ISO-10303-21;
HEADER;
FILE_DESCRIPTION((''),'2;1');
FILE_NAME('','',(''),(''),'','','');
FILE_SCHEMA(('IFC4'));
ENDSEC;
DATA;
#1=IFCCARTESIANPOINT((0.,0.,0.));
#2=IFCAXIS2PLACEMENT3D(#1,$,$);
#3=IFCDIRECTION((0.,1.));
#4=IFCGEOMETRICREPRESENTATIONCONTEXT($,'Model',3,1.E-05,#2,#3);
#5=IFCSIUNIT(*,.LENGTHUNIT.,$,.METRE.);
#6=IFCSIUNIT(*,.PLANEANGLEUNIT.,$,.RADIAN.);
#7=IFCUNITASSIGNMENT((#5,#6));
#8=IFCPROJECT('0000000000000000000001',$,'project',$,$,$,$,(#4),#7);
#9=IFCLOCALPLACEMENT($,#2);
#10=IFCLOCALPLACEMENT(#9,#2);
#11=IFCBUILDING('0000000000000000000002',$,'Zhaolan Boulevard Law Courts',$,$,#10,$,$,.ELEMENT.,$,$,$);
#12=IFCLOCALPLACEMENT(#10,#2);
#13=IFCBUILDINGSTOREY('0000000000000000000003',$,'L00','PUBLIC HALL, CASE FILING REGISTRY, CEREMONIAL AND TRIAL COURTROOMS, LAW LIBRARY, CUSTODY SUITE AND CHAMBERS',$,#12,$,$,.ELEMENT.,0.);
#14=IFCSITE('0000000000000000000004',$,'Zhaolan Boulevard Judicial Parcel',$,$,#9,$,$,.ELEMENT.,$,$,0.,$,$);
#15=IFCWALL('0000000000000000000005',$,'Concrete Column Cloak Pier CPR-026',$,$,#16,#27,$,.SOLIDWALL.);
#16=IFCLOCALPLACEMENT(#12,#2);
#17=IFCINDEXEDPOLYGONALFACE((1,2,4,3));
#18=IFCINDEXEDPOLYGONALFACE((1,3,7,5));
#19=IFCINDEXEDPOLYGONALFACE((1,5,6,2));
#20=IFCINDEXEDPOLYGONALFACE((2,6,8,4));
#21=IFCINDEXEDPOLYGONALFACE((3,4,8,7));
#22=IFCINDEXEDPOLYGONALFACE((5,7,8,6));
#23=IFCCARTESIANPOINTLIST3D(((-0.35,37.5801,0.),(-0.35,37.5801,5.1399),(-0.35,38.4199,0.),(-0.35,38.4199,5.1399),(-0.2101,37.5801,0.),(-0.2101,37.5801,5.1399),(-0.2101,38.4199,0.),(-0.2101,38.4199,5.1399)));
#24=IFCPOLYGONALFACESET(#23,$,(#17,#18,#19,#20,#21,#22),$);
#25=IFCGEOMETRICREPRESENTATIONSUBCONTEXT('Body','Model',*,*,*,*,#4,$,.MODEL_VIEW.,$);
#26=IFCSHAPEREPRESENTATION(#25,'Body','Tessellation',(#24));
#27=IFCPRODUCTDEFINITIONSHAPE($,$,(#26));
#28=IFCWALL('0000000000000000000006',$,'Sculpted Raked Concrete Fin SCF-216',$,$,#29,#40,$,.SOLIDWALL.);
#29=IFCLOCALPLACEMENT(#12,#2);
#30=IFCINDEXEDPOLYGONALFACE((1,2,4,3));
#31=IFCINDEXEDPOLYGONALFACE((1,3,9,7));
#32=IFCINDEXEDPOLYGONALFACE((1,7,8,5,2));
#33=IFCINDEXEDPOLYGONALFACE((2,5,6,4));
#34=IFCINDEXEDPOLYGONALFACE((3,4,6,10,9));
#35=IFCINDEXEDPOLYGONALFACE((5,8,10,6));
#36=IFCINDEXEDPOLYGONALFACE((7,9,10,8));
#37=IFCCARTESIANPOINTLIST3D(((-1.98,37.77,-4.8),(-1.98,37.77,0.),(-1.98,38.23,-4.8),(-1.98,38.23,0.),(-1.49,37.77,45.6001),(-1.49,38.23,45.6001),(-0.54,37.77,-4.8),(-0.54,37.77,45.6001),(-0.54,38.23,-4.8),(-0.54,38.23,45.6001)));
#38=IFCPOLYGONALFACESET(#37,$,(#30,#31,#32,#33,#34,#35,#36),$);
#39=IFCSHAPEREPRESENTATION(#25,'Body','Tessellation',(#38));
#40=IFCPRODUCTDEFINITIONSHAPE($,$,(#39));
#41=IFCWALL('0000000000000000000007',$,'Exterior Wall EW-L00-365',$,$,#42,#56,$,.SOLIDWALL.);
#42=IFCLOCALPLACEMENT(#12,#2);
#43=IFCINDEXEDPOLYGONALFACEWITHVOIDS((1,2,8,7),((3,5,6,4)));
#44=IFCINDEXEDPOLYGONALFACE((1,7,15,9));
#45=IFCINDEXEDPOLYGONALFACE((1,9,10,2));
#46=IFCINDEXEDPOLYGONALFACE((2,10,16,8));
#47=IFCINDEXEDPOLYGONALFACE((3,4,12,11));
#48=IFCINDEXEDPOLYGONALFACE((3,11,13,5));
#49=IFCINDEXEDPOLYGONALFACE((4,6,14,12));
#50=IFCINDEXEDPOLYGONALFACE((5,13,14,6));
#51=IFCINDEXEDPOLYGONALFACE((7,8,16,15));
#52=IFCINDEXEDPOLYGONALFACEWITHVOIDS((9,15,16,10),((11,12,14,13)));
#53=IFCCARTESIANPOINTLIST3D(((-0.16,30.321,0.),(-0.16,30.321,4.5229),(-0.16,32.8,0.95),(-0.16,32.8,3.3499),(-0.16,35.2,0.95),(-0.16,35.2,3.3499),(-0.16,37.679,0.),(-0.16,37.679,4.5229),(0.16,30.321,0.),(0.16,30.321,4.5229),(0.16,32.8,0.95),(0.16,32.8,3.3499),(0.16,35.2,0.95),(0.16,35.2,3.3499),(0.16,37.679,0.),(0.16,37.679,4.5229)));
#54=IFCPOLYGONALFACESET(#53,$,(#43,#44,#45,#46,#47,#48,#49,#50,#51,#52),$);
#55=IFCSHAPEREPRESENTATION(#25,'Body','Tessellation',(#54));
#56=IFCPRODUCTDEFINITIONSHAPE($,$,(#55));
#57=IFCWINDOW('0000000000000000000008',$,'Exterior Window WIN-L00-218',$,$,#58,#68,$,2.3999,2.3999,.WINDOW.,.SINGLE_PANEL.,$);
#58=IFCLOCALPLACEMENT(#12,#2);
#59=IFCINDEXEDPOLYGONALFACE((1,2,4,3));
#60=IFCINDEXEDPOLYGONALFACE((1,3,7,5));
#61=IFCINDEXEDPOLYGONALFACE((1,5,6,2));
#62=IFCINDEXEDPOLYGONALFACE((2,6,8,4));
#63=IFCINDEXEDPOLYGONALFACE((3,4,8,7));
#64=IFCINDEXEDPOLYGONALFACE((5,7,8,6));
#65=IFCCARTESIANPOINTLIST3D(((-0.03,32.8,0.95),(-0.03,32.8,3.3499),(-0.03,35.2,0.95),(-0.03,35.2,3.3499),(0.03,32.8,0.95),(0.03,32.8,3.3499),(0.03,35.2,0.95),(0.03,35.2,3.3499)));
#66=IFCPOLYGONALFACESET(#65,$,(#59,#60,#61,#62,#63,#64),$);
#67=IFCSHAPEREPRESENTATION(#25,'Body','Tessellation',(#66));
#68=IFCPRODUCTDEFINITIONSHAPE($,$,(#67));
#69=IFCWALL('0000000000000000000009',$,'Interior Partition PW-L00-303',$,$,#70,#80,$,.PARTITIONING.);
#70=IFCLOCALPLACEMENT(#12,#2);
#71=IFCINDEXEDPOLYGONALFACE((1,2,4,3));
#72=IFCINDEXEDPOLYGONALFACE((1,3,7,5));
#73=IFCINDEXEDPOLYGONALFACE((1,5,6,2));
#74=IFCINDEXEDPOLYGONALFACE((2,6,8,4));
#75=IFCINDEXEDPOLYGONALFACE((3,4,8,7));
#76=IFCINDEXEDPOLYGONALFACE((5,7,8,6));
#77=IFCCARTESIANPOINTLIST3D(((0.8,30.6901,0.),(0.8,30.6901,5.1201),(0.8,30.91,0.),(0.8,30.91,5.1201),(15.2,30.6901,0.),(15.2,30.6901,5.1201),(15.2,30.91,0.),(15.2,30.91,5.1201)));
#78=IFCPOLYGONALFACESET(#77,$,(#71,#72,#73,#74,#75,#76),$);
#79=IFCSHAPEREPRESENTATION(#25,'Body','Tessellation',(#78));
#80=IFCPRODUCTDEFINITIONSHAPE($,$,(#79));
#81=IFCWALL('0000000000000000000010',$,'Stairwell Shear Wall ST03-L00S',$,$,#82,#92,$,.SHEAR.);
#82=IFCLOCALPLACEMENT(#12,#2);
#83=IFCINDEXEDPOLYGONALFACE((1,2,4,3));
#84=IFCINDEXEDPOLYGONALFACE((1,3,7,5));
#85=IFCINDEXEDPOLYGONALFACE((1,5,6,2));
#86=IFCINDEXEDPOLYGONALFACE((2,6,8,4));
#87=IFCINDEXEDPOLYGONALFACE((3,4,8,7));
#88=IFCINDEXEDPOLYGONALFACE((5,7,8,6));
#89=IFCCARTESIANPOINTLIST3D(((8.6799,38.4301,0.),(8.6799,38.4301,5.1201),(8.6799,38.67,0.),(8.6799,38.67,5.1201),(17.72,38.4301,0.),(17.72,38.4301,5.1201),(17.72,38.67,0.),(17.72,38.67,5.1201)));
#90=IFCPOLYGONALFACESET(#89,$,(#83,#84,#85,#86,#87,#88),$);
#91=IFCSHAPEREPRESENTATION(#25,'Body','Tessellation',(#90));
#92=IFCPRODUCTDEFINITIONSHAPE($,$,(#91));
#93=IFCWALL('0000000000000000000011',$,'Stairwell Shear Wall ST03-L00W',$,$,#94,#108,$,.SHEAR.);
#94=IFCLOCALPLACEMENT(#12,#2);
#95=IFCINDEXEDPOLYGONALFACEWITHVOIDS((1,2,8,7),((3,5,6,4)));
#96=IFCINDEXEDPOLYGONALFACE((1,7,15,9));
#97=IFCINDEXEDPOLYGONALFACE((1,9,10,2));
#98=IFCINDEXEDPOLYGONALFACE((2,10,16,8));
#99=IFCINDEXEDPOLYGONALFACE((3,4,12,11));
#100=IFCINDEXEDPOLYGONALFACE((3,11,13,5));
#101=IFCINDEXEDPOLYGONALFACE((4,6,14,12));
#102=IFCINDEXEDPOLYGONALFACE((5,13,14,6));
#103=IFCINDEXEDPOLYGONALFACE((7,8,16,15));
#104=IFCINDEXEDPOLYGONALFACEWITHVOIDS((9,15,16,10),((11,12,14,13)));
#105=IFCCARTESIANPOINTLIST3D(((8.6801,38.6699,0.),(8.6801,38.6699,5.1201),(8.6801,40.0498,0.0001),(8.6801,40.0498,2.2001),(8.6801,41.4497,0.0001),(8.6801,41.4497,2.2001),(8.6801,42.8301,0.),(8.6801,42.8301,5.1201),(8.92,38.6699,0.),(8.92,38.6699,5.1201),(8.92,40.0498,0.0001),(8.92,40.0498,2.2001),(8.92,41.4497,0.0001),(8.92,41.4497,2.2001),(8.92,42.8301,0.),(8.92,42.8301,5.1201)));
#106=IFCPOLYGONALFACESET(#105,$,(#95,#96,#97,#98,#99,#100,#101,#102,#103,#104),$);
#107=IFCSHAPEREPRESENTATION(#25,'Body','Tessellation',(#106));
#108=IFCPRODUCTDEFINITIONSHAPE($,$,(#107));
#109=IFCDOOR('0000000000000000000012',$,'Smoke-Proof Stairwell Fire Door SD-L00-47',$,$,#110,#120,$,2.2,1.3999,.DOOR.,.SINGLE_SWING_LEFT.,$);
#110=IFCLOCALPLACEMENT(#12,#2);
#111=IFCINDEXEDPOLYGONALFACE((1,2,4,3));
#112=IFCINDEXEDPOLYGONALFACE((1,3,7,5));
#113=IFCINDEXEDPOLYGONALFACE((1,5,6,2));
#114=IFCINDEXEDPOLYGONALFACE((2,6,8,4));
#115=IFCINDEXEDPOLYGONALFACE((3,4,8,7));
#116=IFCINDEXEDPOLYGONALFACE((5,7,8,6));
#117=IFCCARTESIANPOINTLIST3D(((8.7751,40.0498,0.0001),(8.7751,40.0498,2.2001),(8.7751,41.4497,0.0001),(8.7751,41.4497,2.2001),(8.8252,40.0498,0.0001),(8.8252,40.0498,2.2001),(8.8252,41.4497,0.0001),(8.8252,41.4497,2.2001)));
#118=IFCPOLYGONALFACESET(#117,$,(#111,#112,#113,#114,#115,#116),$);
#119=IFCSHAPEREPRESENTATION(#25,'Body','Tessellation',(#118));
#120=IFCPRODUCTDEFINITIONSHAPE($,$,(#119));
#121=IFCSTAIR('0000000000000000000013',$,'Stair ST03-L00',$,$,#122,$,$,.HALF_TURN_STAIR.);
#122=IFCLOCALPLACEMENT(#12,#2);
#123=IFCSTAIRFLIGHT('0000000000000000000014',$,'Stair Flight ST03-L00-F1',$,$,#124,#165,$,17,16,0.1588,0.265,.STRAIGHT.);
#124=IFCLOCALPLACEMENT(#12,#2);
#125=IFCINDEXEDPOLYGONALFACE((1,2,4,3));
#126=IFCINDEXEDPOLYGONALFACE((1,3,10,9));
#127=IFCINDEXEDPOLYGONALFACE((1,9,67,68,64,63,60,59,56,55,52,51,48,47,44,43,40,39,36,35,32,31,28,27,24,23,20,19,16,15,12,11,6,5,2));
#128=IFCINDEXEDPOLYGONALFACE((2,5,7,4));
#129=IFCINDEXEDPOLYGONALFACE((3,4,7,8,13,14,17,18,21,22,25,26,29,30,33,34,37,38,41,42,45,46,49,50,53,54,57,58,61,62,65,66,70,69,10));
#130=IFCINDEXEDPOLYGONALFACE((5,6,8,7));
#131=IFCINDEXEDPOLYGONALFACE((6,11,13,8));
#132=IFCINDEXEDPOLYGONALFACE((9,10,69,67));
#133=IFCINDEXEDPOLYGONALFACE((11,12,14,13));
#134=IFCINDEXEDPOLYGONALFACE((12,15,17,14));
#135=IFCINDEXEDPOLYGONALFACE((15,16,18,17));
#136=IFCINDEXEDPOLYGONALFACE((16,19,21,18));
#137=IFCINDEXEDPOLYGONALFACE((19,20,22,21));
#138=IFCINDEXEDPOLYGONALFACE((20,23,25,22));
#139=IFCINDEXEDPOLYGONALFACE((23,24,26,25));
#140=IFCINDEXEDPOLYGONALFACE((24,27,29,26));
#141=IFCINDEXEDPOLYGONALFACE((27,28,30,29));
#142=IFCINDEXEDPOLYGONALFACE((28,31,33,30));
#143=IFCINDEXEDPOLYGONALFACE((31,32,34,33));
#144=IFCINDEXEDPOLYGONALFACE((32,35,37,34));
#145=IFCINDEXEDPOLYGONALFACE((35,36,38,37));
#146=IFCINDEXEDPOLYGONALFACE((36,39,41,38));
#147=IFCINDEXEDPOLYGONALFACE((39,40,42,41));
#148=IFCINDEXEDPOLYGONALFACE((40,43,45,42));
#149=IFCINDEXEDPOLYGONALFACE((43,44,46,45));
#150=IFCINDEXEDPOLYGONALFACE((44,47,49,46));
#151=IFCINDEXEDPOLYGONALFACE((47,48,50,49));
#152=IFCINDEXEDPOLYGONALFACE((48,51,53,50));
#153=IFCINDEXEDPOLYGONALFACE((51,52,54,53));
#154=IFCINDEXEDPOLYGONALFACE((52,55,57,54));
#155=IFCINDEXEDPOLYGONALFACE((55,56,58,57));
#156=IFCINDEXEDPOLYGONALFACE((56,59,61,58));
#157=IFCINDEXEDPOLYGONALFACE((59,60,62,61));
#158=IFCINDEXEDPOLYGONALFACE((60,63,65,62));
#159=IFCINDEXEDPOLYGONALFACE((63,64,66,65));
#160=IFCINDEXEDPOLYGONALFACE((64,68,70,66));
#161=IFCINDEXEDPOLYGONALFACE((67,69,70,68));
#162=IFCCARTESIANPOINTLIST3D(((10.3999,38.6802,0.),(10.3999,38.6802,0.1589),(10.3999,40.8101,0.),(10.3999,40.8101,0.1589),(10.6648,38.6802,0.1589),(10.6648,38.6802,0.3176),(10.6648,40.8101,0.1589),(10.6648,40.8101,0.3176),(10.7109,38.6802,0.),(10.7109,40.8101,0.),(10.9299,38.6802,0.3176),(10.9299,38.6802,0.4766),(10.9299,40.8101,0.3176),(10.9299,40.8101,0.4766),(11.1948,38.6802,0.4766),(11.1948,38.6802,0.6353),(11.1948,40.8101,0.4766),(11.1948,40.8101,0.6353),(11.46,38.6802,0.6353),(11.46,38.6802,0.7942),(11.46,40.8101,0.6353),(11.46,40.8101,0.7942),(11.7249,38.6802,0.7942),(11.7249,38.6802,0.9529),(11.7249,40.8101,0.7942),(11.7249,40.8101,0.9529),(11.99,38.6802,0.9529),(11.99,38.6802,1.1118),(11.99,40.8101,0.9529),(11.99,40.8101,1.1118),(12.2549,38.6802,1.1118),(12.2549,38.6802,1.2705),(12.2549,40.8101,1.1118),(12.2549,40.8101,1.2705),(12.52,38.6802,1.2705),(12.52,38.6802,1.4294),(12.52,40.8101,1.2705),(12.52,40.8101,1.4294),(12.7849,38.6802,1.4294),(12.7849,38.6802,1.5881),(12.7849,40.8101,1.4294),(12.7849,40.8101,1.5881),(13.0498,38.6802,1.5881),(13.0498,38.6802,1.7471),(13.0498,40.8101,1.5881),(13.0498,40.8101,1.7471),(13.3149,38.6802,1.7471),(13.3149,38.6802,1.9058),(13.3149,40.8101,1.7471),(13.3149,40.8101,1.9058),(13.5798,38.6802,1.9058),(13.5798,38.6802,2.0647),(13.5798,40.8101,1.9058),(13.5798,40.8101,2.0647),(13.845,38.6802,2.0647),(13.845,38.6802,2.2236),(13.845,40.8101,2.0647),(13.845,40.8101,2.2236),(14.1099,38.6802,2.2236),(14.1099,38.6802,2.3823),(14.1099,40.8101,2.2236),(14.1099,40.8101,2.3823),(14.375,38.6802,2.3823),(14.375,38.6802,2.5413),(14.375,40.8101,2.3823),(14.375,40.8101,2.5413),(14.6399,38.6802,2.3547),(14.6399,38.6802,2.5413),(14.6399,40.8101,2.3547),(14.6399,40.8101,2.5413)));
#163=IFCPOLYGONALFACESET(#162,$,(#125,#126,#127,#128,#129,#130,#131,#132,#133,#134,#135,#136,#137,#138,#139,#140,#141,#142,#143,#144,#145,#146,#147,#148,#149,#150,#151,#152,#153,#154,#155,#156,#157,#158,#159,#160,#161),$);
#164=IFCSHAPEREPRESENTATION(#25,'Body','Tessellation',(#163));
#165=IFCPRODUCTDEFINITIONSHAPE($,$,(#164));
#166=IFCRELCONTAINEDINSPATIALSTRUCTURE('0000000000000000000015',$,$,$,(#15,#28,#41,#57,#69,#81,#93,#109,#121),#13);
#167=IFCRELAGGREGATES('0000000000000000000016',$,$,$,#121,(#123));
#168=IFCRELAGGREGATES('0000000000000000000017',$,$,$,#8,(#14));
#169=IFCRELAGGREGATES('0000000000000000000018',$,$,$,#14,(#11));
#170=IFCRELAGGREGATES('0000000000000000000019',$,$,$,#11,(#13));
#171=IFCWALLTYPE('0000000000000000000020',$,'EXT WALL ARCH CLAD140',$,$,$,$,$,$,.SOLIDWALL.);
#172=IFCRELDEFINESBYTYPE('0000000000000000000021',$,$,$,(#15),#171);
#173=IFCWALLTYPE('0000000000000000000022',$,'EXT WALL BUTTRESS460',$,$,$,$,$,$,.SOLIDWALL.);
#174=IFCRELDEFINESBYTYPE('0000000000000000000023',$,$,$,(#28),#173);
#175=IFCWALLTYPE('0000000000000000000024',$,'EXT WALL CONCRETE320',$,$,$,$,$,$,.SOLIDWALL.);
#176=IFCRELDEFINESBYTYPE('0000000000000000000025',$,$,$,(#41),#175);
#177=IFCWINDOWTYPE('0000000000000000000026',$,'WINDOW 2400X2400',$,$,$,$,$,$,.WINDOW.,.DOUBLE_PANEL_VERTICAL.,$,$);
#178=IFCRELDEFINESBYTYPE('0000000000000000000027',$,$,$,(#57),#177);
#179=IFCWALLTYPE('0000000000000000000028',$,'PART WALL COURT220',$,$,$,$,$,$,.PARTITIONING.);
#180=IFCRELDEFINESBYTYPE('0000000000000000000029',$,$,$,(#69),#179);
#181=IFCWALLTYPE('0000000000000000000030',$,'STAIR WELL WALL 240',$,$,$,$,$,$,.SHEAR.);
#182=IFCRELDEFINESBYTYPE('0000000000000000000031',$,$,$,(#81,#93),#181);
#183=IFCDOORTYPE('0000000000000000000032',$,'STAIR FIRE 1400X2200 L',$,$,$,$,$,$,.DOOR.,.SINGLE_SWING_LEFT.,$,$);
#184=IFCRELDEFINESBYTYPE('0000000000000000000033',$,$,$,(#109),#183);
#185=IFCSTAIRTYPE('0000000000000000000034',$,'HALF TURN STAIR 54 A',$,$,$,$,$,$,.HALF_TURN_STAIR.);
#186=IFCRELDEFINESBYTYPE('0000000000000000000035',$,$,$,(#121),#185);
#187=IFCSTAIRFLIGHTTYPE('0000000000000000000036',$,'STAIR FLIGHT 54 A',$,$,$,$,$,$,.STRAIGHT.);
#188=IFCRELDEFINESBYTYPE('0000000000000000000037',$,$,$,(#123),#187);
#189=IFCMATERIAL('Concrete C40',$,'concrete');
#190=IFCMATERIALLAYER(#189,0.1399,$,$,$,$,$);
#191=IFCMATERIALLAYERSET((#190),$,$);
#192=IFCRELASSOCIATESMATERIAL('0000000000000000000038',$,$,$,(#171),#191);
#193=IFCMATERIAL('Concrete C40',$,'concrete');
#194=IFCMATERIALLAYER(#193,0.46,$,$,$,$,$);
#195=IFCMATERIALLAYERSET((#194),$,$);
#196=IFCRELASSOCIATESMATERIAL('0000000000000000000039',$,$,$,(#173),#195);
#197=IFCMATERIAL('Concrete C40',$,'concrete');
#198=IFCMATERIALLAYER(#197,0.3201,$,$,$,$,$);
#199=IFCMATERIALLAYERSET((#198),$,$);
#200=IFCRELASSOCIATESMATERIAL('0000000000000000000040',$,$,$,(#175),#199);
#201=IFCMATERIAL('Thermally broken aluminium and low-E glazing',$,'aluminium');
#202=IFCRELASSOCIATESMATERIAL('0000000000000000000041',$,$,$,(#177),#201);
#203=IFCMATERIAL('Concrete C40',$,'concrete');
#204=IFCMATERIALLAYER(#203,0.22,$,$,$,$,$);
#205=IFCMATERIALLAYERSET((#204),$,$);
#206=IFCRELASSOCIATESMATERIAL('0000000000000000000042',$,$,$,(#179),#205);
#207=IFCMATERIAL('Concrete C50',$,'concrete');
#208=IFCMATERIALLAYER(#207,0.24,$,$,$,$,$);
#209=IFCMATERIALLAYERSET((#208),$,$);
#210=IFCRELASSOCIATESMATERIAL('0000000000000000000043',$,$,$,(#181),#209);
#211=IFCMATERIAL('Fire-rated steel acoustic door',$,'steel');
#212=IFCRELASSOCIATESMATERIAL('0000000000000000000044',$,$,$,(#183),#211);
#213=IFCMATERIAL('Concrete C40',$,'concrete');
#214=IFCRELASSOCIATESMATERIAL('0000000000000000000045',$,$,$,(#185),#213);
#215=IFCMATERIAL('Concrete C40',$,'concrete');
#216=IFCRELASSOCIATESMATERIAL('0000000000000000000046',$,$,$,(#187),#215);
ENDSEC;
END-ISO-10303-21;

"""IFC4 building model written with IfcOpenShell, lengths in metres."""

from ifc_helpers import new_model, si_unit, direction, frame, frame_2d, origin, place, context, subcontext, project, spatial, polyline, rectangle, outline, extrude, material, layer, layer_set, type_object, element, fill, aggregate, save


model = new_model("IFC4")

# Units and contexts
model_context = context("Model", 3, precision=1e-05, world=origin(), true_north=direction((0.0, 1.0)))
body_context = subcontext(model_context, "Body", "Model", "MODEL_VIEW")
ifc_project = project(units=[si_unit("LENGTHUNIT", "METRE"), si_unit("PLANEANGLEUNIT", "RADIAN")], contexts=[model_context])

# Site, building, storey
site_placement = place(None, origin())
site = spatial("IfcSite", under=ifc_project, at=site_placement, Name="Zhaolan Boulevard Judicial Parcel", CompositionType="ELEMENT", RefElevation=0.0)
building_placement = place(site_placement, origin())
building = spatial("IfcBuilding", under=site, at=building_placement, Name="Zhaolan Boulevard Law Courts", CompositionType="ELEMENT")
storey_placement = place(building_placement, origin())
storey = spatial("IfcBuildingStorey", under=building, at=storey_placement, Name="L00", Description="PUBLIC HALL, CASE FILING REGISTRY, CEREMONIAL AND TRIAL COURTROOMS, LAW LIBRARY, CUSTODY SUITE AND CHAMBERS", CompositionType="ELEMENT", Elevation=0.0)

# Walls
ifc_material_1 = material(Name="Concrete C40", Category="concrete")
ifc_layer_1 = layer(ifc_material_1, 0.1399)
ifc_layer_set_1 = layer_set([ifc_layer_1])
wall_type_1 = type_object("IfcWallType", Name="EXT WALL ARCH CLAD140", PredefinedType="SOLIDWALL", material=ifc_layer_set_1)
wall_1_placement = place(storey_placement, frame((-0.28, 37.5801, 0.0), z_axis=(0.0, 0.0, 1.0), x_axis=(0.0, 1.0, 0.0)))
element("IfcWall", 1, at=wall_1_placement, inside=storey, type_object=wall_type_1, Name="Concrete Column Cloak Pier CPR-026", PredefinedType="SOLIDWALL", context=body_context, shape_type="SweptSolid", body=[
    extrude(rectangle(XDim=0.8398, YDim=0.1399, at=frame_2d((0.4199, 0.0))), origin(), (0.0, 0.0, 1.0), 5.1399),
])
ifc_material_2 = material(Name="Concrete C40", Category="concrete")
ifc_layer_2 = layer(ifc_material_2, 0.46)
ifc_layer_set_2 = layer_set([ifc_layer_2])
wall_type_2 = type_object("IfcWallType", Name="EXT WALL BUTTRESS460", PredefinedType="SOLIDWALL", material=ifc_layer_set_2)
wall_2_placement = place(storey_placement, frame((-0.54, 38.0, -4.8), z_axis=(0.0, 0.0, 1.0), x_axis=(-1.0, 0.0, 0.0)))
element("IfcWall", 2, at=wall_2_placement, inside=storey, type_object=wall_type_2, Name="Sculpted Raked Concrete Fin SCF-216", PredefinedType="SOLIDWALL", context=body_context, shape_type="SweptSolid", body=[
    extrude(outline(polyline([(0.0, 0.0), (1.4399, 0.0), (1.4399, 4.8), (0.95, 50.4001), (0.0, 50.4001), (0.0, 0.0)])), frame((0.0, 0.23, 0.0), z_axis=(0.0, -1.0, 0.0), x_axis=(1.0, 0.0, 0.0)), (0.0, 0.0, 1.0), 0.46),
])

# Wall, opening, window
ifc_material_3 = material(Name="Concrete C40", Category="concrete")
ifc_layer_3 = layer(ifc_material_3, 0.3201)
ifc_layer_set_3 = layer_set([ifc_layer_3])
wall_type_3 = type_object("IfcWallType", Name="EXT WALL CONCRETE320", PredefinedType="SOLIDWALL", material=ifc_layer_set_3)
wall_3_placement = place(storey_placement, frame((0.0, 37.679, 0.0), z_axis=(0.0, 0.0, 1.0), x_axis=(0.0, -1.0, 0.0)))
wall_3 = element("IfcWall", 3, at=wall_3_placement, inside=storey, type_object=wall_type_3, Name="Exterior Wall EW-L00-365", PredefinedType="SOLIDWALL", context=body_context, shape_type="SweptSolid", body=[
    extrude(rectangle(XDim=7.3579, YDim=0.3201, at=frame_2d((3.679, 0.0))), origin(), (0.0, 0.0, 1.0), 4.5229),
])
opening_1_placement = place(wall_3_placement, frame((2.479, 0.0, 0.95)))
opening_1 = element("IfcOpeningElement", 4, at=opening_1_placement, cuts=wall_3, PredefinedType="OPENING", context=body_context, shape_type="SweptSolid", body=[
    extrude(rectangle(XDim=2.3999, YDim=2.3999, at=frame_2d((1.2, 1.2))), frame((0.0, 0.1699, 0.0), z_axis=(0.0, -1.0, 0.0), x_axis=(1.0, 0.0, 0.0)), (0.0, 0.0, 1.0), 0.3401),
])
ifc_material_4 = material(Name="Thermally broken aluminium and low-E glazing", Category="aluminium")
window_type = type_object("IfcWindowType", Name="WINDOW 2400X2400", PartitioningType="DOUBLE_PANEL_VERTICAL", PredefinedType="WINDOW", material=ifc_material_4)
window_placement = place(opening_1_placement, origin())
window = element("IfcWindow", 5, at=window_placement, inside=storey, type_object=window_type, Name="Exterior Window WIN-L00-218", OverallHeight=2.3999, OverallWidth=2.3999, PartitioningType="SINGLE_PANEL", PredefinedType="WINDOW", context=body_context, shape_type="SweptSolid", body=[
    extrude(rectangle(XDim=2.3999, YDim=2.3999, at=frame_2d((1.2, 1.2))), frame((0.0, 0.03, 0.0), z_axis=(0.0, -1.0, 0.0), x_axis=(1.0, 0.0, 0.0)), (0.0, 0.0, 1.0), 0.0601),
])
fill(opening_1, window)

# Walls
ifc_material_5 = material(Name="Concrete C40", Category="concrete")
ifc_layer_4 = layer(ifc_material_5, 0.22)
ifc_layer_set_4 = layer_set([ifc_layer_4])
wall_type_4 = type_object("IfcWallType", Name="PART WALL COURT220", PredefinedType="PARTITIONING", material=ifc_layer_set_4)
wall_4_placement = place(storey_placement, frame((0.8, 30.8, 0.0), z_axis=(0.0, 0.0, 1.0), x_axis=(1.0, 0.0, 0.0)))
element("IfcWall", 6, at=wall_4_placement, inside=storey, type_object=wall_type_4, Name="Interior Partition PW-L00-303", PredefinedType="PARTITIONING", context=body_context, shape_type="SweptSolid", body=[
    extrude(rectangle(XDim=14.3999, YDim=0.22, at=frame_2d((7.2, 0.0))), origin(), (0.0, 0.0, 1.0), 5.1201),
])
ifc_material_6 = material(Name="Concrete C50", Category="concrete")
ifc_layer_5 = layer(ifc_material_6, 0.24)
ifc_layer_set_5 = layer_set([ifc_layer_5])
wall_type_5 = type_object("IfcWallType", Name="STAIR WELL WALL 240", PredefinedType="SHEAR", material=ifc_layer_set_5)
wall_5_placement = place(storey_placement, frame((8.6799, 38.55, 0.0), z_axis=(0.0, 0.0, 1.0), x_axis=(1.0, 0.0, 0.0)))
element("IfcWall", 7, at=wall_5_placement, inside=storey, type_object=wall_type_5, Name="Stairwell Shear Wall ST03-L00S", PredefinedType="SHEAR", context=body_context, shape_type="SweptSolid", body=[
    extrude(rectangle(XDim=9.04, YDim=0.24, at=frame_2d((4.52, 0.0))), origin(), (0.0, 0.0, 1.0), 5.1201),
])

# Wall, opening, door
wall_6_placement = place(storey_placement, frame((8.8, 38.6699, 0.0), z_axis=(0.0, 0.0, 1.0), x_axis=(0.0, 1.0, 0.0)))
wall_6 = element("IfcWall", 8, at=wall_6_placement, inside=storey, type_object=wall_type_5, Name="Stairwell Shear Wall ST03-L00W", PredefinedType="SHEAR", context=body_context, shape_type="SweptSolid", body=[
    extrude(rectangle(XDim=4.1602, YDim=0.24, at=frame_2d((2.0801, 0.0))), origin(), (0.0, 0.0, 1.0), 5.1201),
])
opening_2_placement = place(wall_6_placement, frame((1.3799, 0.0, 0.0)))
opening_2 = element("IfcOpeningElement", 9, at=opening_2_placement, cuts=wall_6, PredefinedType="OPENING", context=body_context, shape_type="SweptSolid", body=[
    extrude(rectangle(XDim=1.3999, YDim=2.2, at=frame_2d((0.7, 1.1001))), frame((0.0, 0.1299, 0.0), z_axis=(0.0, -1.0, 0.0), x_axis=(1.0, 0.0, 0.0)), (0.0, 0.0, 1.0), 0.26),
])
ifc_material_7 = material(Name="Fire-rated steel acoustic door", Category="steel")
door_type = type_object("IfcDoorType", Name="STAIR FIRE 1400X2200 L", OperationType="SINGLE_SWING_LEFT", PredefinedType="DOOR", material=ifc_material_7)
door_placement = place(opening_2_placement, origin())
door = element("IfcDoor", 10, at=door_placement, inside=storey, type_object=door_type, Name="Smoke-Proof Stairwell Fire Door SD-L00-47", OperationType="SINGLE_SWING_LEFT", OverallHeight=2.2, OverallWidth=1.3999, PredefinedType="DOOR", context=body_context, shape_type="SweptSolid", body=[
    extrude(rectangle(XDim=1.3999, YDim=2.2, at=frame_2d((0.7, 1.1001))), frame((0.0, 0.0249, 0.0), z_axis=(0.0, -1.0, 0.0), x_axis=(1.0, 0.0, 0.0)), (0.0, 0.0, 1.0), 0.05),
])
fill(opening_2, door)

# Stair, stair flight
ifc_material_8 = material(Name="Concrete C40", Category="concrete")
stair_type = type_object("IfcStairType", Name="HALF TURN STAIR 54 A", PredefinedType="HALF_TURN_STAIR", material=ifc_material_8)
stair_placement = place(storey_placement, origin())
stair = element("IfcStair", 11, at=stair_placement, inside=storey, type_object=stair_type, Name="Stair ST03-L00", PredefinedType="HALF_TURN_STAIR")
ifc_material_9 = material(Name="Concrete C40", Category="concrete")
stair_flight_type = type_object("IfcStairFlightType", Name="STAIR FLIGHT 54 A", PredefinedType="STRAIGHT", material=ifc_material_9)
stair_flight_placement = place(storey_placement, frame((10.3999, 39.7451, 0.0), z_axis=(0.0, 0.0, 1.0), x_axis=(1.0, 0.0, 0.0)))
stair_flight = element("IfcStairFlight", 12, at=stair_flight_placement, type_object=stair_flight_type, Name="Stair Flight ST03-L00-F1", NumberOfRisers=17, NumberOfTreads=16, PredefinedType="STRAIGHT", RiserHeight=0.1588, TreadLength=0.265, context=body_context, shape_type="SweptSolid", body=[
    extrude(outline(polyline([(0.0, 0.0), (0.0, 0.1589), (0.2649, 0.1589), (0.2649, 0.3176), (0.53, 0.3176), (0.53, 0.4766), (0.7949, 0.4766), (0.7949, 0.6353), (1.0601, 0.6353), (1.0601, 0.7942), (1.325, 0.7942), (1.325, 0.9529), (1.5901, 0.9529), (1.5901, 1.1118), (1.855, 1.1118), (1.855, 1.2705), (2.1201, 1.2705), (2.1201, 1.4294), (2.385, 1.4294), (2.385, 1.5881), (2.6499, 1.5881), (2.6499, 1.7471), (2.915, 1.7471), (2.915, 1.9058), (3.1799, 1.9058), (3.1799, 2.0647), (3.4451, 2.0647), (3.4451, 2.2236), (3.71, 2.2236), (3.71, 2.3823), (3.9751, 2.3823), (3.9751, 2.5413), (4.24, 2.5413), (4.24, 2.7), (4.24, 2.3547), (0.311, 0.0), (0.0, 0.0)])), frame((0.0, 1.0649, 0.0), z_axis=(0.0, -1.0, 0.0), x_axis=(1.0, 0.0, 0.0)), (0.0, 0.0, 1.0), 2.1299),
])
aggregate(stair, [stair_flight])

save(model, "model.ifc")
